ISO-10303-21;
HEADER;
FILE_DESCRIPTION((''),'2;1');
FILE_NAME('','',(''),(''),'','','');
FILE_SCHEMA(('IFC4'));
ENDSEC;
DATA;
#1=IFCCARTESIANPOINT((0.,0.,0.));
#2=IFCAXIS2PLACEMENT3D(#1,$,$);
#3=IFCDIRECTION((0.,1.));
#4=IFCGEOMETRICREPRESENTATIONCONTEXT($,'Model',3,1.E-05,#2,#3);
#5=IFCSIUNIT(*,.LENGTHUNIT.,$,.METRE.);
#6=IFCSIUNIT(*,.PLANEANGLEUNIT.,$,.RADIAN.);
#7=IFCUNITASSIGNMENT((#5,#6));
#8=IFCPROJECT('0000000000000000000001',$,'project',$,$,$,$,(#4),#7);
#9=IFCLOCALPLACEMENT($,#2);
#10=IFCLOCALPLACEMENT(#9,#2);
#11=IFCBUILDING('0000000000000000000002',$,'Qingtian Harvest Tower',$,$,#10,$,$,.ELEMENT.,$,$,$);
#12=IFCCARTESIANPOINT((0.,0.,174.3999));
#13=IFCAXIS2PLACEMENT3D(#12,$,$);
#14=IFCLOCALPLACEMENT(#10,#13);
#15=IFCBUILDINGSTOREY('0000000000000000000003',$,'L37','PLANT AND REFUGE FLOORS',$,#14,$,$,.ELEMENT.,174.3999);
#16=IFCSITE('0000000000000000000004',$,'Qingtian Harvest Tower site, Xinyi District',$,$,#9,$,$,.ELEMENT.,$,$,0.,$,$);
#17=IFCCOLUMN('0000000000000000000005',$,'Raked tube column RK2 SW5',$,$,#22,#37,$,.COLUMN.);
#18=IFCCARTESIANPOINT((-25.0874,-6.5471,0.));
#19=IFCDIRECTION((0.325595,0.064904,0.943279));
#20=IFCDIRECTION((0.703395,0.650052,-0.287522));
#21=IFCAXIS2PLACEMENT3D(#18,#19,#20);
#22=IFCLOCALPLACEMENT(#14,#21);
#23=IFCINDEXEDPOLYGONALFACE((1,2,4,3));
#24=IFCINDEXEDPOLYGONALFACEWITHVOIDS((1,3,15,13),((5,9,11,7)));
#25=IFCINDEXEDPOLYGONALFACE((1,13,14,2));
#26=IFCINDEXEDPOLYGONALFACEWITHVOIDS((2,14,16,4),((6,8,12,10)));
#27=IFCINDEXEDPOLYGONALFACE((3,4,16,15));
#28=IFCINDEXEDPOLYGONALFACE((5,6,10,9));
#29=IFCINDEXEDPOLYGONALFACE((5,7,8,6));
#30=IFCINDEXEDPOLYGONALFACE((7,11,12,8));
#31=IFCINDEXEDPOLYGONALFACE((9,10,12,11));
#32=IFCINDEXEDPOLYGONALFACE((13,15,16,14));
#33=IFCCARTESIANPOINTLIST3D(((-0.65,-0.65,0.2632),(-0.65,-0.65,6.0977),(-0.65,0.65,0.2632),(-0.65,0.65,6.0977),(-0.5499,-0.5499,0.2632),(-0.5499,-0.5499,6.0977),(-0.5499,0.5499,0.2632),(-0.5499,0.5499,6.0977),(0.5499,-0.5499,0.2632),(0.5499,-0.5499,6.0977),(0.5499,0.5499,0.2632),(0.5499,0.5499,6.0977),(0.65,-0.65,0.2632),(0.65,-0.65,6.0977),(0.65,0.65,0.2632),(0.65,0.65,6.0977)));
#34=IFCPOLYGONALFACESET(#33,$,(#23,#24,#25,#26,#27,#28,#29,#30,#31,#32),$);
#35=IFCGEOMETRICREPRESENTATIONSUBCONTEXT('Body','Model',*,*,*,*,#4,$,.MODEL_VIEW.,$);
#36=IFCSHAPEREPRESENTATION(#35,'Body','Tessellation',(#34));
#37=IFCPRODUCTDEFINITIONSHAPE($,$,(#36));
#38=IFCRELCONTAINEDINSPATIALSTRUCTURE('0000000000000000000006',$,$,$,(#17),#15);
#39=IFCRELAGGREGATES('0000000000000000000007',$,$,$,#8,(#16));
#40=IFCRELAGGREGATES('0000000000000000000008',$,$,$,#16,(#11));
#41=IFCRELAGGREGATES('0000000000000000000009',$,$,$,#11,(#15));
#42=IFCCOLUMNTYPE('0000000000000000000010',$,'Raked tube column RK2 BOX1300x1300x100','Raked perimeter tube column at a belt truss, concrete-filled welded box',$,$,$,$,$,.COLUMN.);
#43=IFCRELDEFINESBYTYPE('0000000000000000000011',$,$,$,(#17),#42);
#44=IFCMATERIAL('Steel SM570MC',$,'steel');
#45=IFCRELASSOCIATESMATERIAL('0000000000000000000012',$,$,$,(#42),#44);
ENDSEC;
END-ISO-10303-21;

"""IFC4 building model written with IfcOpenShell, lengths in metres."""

from ifc_helpers import new_model, si_unit, direction, frame, origin, origin_2d, place, context, subcontext, project, spatial, hollow_rectangle, extrude, clip, halfspace, material, material_profile, profile_set, type_object, element, save


model = new_model("IFC4")

# Units and contexts
model_context = context("Model", 3, precision=1e-05, world=origin(), true_north=direction((0.0, 1.0)))
body_context = subcontext(model_context, "Body", "Model", "MODEL_VIEW")
ifc_project = project(units=[si_unit("LENGTHUNIT", "METRE"), si_unit("PLANEANGLEUNIT", "RADIAN")], contexts=[model_context])

# Site, building, storey
site_placement = place(None, origin())
site = spatial("IfcSite", under=ifc_project, at=site_placement, Name="Qingtian Harvest Tower site, Xinyi District", CompositionType="ELEMENT", RefElevation=0.0)
building_placement = place(site_placement, origin())
building = spatial("IfcBuilding", under=site, at=building_placement, Name="Qingtian Harvest Tower", CompositionType="ELEMENT")
storey_placement = place(building_placement, frame((0.0, 0.0, 174.3999)))
storey = spatial("IfcBuildingStorey", under=building, at=storey_placement, Name="L37", Description="PLANT AND REFUGE FLOORS", CompositionType="ELEMENT", Elevation=174.3999)

# Column
ifc_material_1 = material(Name="Steel SM570MC", Category="steel")
ifc_material_profile_1 = material_profile(ifc_material_1, hollow_rectangle(XDim=1.3, YDim=1.3, WallThickness=0.1001, at=origin_2d()), Name="BOX1300x1300x100")
ifc_profile_set_1 = profile_set([ifc_material_profile_1], Name="Steel SM570MC")
column_type = type_object("IfcColumnType", Name="Raked tube column RK2 BOX1300x1300x100", Description="Raked perimeter tube column at a belt truss, concrete-filled welded box", PredefinedType="COLUMN", material=ifc_profile_set_1)
column_1_placement = place(storey_placement, frame((-25.0874, -6.5471, 0.0), z_axis=(0.325595, 0.064904, 0.943279), x_axis=(0.703395, 0.650052, -0.287522)))
element("IfcColumn", 1, at=column_1_placement, inside=storey, type_object=column_type, Name="Raked tube column RK2 SW5", PredefinedType="COLUMN", context=body_context, shape_type="Clipping", body=[
    clip(clip(extrude(hollow_rectangle(XDim=1.3, YDim=1.3, WallThickness=0.1001, at=origin_2d()), origin(), (0.0, 0.0, 1.0), 6.3608), halfspace(frame((0.0, 0.0, 0.2632), z_axis=(0.0, 0.0, -1.0), x_axis=(0.0, -1.0, 0.0)), False)), halfspace(frame((0.0, 0.0, 6.0977), z_axis=(0.0, 0.0, 1.0), x_axis=(0.0, 1.0, 0.0)), False)),
])

save(model, "model.ifc")
